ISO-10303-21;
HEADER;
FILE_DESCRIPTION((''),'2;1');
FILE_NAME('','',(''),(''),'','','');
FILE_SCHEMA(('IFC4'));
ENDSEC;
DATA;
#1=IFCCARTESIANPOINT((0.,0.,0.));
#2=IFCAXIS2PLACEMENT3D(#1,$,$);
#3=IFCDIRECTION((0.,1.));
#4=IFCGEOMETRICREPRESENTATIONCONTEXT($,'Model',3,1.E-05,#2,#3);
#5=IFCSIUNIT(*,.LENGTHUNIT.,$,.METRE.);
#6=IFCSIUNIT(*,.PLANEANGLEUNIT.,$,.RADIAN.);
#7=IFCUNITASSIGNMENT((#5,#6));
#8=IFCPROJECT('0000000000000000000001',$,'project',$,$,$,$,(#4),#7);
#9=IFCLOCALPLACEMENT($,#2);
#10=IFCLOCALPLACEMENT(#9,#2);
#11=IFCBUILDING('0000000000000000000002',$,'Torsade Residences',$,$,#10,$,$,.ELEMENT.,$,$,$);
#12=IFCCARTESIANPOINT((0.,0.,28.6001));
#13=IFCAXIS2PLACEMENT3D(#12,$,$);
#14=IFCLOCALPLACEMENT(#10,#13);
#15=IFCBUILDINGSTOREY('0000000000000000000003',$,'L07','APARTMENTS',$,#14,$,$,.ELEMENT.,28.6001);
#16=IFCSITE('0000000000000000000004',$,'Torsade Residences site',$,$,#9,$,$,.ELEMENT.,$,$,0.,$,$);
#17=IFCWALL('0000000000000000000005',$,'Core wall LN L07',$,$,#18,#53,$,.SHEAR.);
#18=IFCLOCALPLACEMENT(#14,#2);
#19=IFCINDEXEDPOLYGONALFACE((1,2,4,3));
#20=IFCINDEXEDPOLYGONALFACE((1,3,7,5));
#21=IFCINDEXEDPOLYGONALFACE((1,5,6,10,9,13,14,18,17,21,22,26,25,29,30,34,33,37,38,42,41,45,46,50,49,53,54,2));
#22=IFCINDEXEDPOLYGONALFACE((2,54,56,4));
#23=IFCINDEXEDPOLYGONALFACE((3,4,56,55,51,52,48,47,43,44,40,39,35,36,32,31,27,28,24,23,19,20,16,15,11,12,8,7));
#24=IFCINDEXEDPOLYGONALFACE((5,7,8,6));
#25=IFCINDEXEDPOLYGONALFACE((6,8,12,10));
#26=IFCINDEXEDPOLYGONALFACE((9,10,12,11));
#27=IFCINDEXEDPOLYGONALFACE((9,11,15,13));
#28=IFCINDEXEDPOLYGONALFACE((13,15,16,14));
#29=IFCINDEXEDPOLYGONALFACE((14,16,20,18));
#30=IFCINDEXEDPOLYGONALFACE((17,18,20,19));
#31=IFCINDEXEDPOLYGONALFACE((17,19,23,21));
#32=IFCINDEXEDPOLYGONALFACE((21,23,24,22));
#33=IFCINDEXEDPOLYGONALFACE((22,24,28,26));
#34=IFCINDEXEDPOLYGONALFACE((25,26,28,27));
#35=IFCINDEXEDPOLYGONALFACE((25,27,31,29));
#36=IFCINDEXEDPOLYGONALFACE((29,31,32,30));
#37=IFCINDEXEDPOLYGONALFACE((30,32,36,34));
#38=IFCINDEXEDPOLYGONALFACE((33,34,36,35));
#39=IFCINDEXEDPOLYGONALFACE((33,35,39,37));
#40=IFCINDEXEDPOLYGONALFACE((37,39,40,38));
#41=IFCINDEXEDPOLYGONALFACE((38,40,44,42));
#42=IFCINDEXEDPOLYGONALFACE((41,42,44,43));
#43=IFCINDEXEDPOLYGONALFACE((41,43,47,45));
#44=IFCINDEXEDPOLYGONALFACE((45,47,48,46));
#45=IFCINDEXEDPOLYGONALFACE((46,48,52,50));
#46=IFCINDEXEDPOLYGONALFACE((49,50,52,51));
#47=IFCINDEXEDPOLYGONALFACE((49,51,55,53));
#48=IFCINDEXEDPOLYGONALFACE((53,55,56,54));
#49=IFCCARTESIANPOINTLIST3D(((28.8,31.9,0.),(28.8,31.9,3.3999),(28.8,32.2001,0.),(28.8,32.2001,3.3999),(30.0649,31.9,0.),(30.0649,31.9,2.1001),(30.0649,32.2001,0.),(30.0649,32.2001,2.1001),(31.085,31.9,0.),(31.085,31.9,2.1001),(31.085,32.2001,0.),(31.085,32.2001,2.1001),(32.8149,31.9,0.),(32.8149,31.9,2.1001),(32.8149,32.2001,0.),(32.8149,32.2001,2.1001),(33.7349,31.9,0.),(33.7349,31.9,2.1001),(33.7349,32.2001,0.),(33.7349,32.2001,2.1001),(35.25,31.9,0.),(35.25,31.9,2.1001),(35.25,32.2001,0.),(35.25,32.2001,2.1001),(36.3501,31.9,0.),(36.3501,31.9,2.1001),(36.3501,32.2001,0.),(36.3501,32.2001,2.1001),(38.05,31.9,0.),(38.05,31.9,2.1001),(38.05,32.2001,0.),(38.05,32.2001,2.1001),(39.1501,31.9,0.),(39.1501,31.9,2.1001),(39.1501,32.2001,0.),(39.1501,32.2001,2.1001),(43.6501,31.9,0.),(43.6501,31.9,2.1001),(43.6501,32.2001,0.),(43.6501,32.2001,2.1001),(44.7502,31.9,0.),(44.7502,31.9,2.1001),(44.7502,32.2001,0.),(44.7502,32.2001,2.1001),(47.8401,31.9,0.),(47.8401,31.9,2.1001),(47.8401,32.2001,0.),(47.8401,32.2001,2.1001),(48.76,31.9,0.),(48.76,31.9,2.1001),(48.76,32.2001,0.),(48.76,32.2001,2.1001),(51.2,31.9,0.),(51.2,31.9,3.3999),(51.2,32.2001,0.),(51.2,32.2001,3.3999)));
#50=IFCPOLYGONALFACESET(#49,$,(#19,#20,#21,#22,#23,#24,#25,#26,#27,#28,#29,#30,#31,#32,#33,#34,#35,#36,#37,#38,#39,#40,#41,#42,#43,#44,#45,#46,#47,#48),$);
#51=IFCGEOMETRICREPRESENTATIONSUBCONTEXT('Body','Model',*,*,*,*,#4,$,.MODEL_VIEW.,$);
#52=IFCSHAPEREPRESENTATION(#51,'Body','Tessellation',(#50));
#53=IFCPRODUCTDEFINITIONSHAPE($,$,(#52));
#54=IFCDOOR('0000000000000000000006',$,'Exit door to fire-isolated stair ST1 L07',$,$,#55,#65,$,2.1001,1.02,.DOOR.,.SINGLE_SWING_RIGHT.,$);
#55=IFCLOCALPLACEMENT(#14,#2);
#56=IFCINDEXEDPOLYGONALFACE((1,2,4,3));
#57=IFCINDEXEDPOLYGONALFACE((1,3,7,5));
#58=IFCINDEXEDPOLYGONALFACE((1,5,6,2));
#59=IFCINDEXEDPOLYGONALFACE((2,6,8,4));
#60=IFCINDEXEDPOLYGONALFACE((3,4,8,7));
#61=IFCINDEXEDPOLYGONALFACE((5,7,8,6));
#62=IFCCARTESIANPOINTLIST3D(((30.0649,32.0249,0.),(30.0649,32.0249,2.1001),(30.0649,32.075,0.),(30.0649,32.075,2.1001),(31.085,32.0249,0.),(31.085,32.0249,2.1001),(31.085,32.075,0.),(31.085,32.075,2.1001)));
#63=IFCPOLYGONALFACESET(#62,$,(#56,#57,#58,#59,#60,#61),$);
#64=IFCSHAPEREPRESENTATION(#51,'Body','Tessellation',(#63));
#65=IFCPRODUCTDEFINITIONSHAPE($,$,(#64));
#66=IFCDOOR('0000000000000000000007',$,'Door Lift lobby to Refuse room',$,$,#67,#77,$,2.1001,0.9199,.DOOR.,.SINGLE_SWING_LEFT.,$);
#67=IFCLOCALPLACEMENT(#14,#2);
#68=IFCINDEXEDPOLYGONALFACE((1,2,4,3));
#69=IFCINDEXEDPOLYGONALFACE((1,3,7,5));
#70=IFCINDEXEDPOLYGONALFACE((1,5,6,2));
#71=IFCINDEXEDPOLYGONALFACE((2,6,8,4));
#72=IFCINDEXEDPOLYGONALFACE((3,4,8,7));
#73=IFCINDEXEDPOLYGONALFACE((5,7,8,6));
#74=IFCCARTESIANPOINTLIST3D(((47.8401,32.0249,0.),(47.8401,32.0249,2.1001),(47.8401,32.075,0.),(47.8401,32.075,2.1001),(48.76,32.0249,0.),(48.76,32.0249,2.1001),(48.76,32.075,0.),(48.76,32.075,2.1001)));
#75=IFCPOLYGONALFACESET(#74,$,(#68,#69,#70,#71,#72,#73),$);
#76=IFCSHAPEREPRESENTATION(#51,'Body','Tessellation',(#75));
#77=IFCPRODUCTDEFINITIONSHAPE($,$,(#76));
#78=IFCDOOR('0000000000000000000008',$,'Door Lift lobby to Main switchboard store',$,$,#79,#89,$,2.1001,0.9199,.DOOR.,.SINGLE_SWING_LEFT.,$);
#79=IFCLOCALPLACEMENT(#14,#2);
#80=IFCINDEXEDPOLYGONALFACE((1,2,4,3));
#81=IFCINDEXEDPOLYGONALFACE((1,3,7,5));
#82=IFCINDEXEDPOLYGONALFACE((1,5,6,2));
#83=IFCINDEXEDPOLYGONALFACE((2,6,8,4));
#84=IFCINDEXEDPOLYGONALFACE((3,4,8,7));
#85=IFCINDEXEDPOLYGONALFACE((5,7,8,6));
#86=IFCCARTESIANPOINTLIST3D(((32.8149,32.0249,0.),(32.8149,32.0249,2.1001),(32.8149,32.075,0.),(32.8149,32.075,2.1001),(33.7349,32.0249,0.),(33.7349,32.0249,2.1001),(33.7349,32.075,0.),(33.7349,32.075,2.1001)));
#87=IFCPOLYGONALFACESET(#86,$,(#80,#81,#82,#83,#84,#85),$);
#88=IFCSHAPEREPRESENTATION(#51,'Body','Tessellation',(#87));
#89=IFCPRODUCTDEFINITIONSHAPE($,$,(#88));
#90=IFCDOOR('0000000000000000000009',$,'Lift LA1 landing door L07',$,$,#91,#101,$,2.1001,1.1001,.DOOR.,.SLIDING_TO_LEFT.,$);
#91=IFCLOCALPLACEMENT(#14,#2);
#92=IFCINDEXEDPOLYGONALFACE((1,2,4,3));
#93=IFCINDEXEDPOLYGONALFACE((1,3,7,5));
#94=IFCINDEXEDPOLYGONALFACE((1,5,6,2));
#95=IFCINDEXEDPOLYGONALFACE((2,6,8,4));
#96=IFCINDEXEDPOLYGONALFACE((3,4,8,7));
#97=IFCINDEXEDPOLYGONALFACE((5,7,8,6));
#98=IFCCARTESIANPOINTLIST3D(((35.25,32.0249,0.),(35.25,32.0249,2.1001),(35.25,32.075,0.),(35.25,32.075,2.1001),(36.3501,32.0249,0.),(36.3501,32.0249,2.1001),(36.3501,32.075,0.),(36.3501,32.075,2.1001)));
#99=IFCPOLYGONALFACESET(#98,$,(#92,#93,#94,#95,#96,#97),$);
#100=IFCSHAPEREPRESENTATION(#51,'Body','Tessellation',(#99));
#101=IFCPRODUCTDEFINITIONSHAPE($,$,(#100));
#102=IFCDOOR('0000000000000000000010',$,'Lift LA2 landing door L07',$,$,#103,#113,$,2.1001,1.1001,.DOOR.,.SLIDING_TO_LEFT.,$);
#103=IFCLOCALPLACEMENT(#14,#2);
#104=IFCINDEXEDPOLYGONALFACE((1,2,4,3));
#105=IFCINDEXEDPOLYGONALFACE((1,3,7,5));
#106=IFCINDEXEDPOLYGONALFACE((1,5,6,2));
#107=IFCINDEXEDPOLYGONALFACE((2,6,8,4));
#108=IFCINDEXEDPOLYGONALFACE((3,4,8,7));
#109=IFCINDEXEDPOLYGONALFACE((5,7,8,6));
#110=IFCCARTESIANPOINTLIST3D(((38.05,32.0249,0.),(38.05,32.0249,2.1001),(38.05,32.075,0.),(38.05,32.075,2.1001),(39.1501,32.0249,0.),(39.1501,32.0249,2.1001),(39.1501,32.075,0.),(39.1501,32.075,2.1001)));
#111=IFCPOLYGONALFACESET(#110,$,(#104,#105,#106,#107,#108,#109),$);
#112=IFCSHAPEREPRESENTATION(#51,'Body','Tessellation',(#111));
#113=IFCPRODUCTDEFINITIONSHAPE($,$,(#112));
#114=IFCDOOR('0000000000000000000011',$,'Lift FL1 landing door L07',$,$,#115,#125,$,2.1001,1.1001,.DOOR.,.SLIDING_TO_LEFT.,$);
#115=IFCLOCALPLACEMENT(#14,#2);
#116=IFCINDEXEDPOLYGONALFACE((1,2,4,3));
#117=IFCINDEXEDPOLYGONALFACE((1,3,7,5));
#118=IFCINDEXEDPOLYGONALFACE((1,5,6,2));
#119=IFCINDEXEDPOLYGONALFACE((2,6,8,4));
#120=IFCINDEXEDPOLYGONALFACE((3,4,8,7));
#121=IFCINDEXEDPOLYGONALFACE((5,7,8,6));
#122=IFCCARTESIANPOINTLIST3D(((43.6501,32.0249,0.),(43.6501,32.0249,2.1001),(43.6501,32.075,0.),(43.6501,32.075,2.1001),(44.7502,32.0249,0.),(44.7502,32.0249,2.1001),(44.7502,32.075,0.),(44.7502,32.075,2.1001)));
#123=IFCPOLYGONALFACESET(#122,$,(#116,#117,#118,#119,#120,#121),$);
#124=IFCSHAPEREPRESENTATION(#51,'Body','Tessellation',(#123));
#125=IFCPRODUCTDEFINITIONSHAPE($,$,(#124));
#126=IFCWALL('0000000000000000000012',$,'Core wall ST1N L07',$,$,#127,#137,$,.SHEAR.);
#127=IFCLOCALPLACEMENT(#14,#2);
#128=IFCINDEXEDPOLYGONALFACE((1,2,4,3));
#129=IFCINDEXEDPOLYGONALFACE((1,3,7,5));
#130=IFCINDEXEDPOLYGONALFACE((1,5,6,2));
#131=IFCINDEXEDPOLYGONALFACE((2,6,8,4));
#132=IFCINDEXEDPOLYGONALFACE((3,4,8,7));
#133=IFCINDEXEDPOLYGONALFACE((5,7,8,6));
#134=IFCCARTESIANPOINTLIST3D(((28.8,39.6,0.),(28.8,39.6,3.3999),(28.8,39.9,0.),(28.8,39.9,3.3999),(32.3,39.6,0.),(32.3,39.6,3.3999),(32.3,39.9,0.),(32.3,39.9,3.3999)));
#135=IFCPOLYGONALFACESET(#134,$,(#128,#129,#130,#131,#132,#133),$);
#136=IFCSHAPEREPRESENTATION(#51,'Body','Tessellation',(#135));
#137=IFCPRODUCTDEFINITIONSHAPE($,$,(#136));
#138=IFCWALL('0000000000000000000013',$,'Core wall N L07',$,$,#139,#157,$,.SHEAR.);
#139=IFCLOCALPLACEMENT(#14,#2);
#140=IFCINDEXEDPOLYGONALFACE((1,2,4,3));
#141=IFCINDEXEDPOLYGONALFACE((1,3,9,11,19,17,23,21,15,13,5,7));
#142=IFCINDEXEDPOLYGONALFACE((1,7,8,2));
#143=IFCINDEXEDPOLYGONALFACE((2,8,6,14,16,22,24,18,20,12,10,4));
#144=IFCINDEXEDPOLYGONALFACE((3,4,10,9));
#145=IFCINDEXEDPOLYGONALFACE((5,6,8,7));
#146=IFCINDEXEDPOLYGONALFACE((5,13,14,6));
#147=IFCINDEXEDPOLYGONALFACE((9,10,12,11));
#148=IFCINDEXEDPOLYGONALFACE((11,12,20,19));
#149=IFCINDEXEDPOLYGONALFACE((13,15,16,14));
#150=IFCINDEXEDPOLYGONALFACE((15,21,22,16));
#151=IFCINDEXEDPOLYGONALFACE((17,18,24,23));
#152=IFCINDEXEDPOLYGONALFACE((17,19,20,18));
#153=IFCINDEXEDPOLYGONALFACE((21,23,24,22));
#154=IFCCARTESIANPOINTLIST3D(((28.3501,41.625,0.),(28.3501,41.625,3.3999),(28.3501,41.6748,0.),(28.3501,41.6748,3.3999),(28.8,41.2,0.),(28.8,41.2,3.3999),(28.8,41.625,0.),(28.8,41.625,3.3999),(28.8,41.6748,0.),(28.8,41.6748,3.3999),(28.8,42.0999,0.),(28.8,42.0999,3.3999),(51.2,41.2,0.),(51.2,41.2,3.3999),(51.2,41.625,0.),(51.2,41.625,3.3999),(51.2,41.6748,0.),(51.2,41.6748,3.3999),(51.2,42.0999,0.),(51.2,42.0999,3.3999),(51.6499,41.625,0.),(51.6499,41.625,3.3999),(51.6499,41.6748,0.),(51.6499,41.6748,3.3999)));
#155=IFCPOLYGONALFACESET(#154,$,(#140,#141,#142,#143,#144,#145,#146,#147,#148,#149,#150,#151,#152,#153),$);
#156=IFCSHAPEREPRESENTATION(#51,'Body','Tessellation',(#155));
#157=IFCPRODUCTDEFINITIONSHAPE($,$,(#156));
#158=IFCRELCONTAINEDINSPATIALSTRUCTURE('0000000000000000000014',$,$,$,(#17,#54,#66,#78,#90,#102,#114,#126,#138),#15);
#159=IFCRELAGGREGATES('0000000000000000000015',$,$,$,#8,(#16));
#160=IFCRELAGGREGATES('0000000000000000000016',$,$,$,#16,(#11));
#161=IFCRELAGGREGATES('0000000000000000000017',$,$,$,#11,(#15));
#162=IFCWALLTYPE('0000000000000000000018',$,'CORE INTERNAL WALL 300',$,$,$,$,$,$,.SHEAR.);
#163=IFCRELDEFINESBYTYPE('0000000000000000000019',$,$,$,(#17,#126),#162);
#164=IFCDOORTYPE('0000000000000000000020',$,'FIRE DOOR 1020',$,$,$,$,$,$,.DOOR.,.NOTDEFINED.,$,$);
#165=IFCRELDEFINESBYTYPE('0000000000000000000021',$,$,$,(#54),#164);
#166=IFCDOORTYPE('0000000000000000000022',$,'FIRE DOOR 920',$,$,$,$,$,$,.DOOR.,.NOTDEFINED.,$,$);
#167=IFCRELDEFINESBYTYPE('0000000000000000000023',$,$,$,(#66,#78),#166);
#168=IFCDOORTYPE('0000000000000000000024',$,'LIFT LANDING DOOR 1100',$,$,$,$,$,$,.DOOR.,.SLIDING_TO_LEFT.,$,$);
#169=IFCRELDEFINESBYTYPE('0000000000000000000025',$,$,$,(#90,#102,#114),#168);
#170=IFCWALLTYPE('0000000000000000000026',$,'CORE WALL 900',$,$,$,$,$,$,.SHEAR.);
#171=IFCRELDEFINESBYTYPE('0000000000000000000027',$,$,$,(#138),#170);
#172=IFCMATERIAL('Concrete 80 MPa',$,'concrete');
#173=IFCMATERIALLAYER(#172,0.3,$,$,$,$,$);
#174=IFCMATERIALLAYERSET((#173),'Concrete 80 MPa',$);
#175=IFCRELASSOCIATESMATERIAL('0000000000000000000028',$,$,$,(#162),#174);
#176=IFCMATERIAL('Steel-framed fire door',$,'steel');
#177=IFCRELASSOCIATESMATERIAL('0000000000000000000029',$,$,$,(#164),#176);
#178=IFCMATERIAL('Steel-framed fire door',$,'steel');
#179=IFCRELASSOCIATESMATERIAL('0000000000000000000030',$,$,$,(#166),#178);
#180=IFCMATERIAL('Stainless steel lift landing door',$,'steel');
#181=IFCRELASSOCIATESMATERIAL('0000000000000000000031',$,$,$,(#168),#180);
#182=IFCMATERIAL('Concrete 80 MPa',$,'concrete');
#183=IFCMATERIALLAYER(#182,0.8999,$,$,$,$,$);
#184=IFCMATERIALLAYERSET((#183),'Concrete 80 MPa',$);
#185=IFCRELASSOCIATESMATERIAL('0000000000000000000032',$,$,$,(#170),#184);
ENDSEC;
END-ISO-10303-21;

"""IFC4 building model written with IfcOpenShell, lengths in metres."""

from ifc_helpers import new_model, si_unit, direction, frame, frame_2d, origin, place, context, subcontext, project, spatial, polyline, rectangle, outline, extrude, material, layer, layer_set, type_object, element, fill, save


model = new_model("IFC4")

# Units and contexts
model_context = context("Model", 3, precision=1e-05, world=origin(), true_north=direction((0.0, 1.0)))
body_context = subcontext(model_context, "Body", "Model", "MODEL_VIEW")
ifc_project = project(units=[si_unit("LENGTHUNIT", "METRE"), si_unit("PLANEANGLEUNIT", "RADIAN")], contexts=[model_context])

# Site, building, storey
site_placement = place(None, origin())
site = spatial("IfcSite", under=ifc_project, at=site_placement, Name="Torsade Residences site", CompositionType="ELEMENT", RefElevation=0.0)
building_placement = place(site_placement, origin())
building = spatial("IfcBuilding", under=site, at=building_placement, Name="Torsade Residences", CompositionType="ELEMENT")
storey_placement = place(building_placement, frame((0.0, 0.0, 28.6001)))
storey = spatial("IfcBuildingStorey", under=building, at=storey_placement, Name="L07", Description="APARTMENTS", CompositionType="ELEMENT", Elevation=28.6001)

# Wall, openings, doors
ifc_material_1 = material(Name="Concrete 80 MPa", Category="concrete")
ifc_layer_1 = layer(ifc_material_1, 0.3)
ifc_layer_set_1 = layer_set([ifc_layer_1], Name="Concrete 80 MPa")
wall_type_1 = type_object("IfcWallType", Name="CORE INTERNAL WALL 300", PredefinedType="SHEAR", material=ifc_layer_set_1)
wall_1_placement = place(storey_placement, frame((28.8, 32.05, 0.0), z_axis=(0.0, 0.0, 1.0), x_axis=(1.0, 0.0, 0.0)))
wall_1 = element("IfcWall", 1, at=wall_1_placement, inside=storey, type_object=wall_type_1, Name="Core wall LN L07", PredefinedType="SHEAR", context=body_context, shape_type="SweptSolid", body=[
    extrude(rectangle(XDim=22.3999, YDim=0.3, at=frame_2d((11.2, 0.0))), origin(), (0.0, 0.0, 1.0), 3.3999),
])
opening_1_placement = place(wall_1_placement, frame((19.04, 0.0, 0.0)))
opening_1 = element("IfcOpeningElement", 2, at=opening_1_placement, cuts=wall_1, PredefinedType="OPENING", context=body_context, shape_type="SweptSolid", body=[
    extrude(rectangle(XDim=0.9199, YDim=2.1001, at=frame_2d((0.46, 1.05))), frame((0.0, 0.1599, 0.0), z_axis=(0.0, -1.0, 0.0), x_axis=(1.0, 0.0, 0.0)), (0.0, 0.0, 1.0), 0.3201),
])
opening_2_placement = place(wall_1_placement, frame((1.2649, 0.0, 0.0)))
opening_2 = element("IfcOpeningElement", 3, at=opening_2_placement, cuts=wall_1, PredefinedType="OPENING", context=body_context, shape_type="SweptSolid", body=[
    extrude(rectangle(XDim=1.02, YDim=2.1001, at=frame_2d((0.51, 1.05))), frame((0.0, 0.1599, 0.0), z_axis=(0.0, -1.0, 0.0), x_axis=(1.0, 0.0, 0.0)), (0.0, 0.0, 1.0), 0.3201),
])
opening_3_placement = place(wall_1_placement, frame((4.0149, 0.0, 0.0)))
opening_3 = element("IfcOpeningElement", 4, at=opening_3_placement, cuts=wall_1, PredefinedType="OPENING", context=body_context, shape_type="SweptSolid", body=[
    extrude(rectangle(XDim=0.9199, YDim=2.1001, at=frame_2d((0.46, 1.05))), frame((0.0, 0.1599, 0.0), z_axis=(0.0, -1.0, 0.0), x_axis=(1.0, 0.0, 0.0)), (0.0, 0.0, 1.0), 0.3201),
])
opening_4_placement = place(wall_1_placement, frame((6.45, 0.0, 0.0)))
opening_4 = element("IfcOpeningElement", 5, at=opening_4_placement, cuts=wall_1, PredefinedType="OPENING", context=body_context, shape_type="SweptSolid", body=[
    extrude(rectangle(XDim=1.1001, YDim=2.1001, at=frame_2d((0.55, 1.05))), frame((0.0, 0.1599, 0.0), z_axis=(0.0, -1.0, 0.0), x_axis=(1.0, 0.0, 0.0)), (0.0, 0.0, 1.0), 0.3201),
])
opening_5_placement = place(wall_1_placement, frame((9.25, 0.0, 0.0)))
opening_5 = element("IfcOpeningElement", 6, at=opening_5_placement, cuts=wall_1, PredefinedType="OPENING", context=body_context, shape_type="SweptSolid", body=[
    extrude(rectangle(XDim=1.1001, YDim=2.1001, at=frame_2d((0.55, 1.05))), frame((0.0, 0.1599, 0.0), z_axis=(0.0, -1.0, 0.0), x_axis=(1.0, 0.0, 0.0)), (0.0, 0.0, 1.0), 0.3201),
])
opening_6_placement = place(wall_1_placement, frame((14.8501, 0.0, 0.0)))
opening_6 = element("IfcOpeningElement", 7, at=opening_6_placement, cuts=wall_1, PredefinedType="OPENING", context=body_context, shape_type="SweptSolid", body=[
    extrude(rectangle(XDim=1.1001, YDim=2.1001, at=frame_2d((0.55, 1.05))), frame((0.0, 0.1599, 0.0), z_axis=(0.0, -1.0, 0.0), x_axis=(1.0, 0.0, 0.0)), (0.0, 0.0, 1.0), 0.3201),
])
ifc_material_2 = material(Name="Steel-framed fire door", Category="steel")
door_type_1 = type_object("IfcDoorType", Name="FIRE DOOR 1020", OperationType="NOTDEFINED", PredefinedType="DOOR", material=ifc_material_2)
door_1_placement = place(opening_2_placement, origin())
door_1 = element("IfcDoor", 8, at=door_1_placement, inside=storey, type_object=door_type_1, Name="Exit door to fire-isolated stair ST1 L07", OperationType="SINGLE_SWING_RIGHT", OverallHeight=2.1001, OverallWidth=1.02, PredefinedType="DOOR", context=body_context, shape_type="SweptSolid", body=[
    extrude(rectangle(XDim=1.02, YDim=2.1001, at=frame_2d((0.51, 1.05))), frame((0.0, 0.0249, 0.0), z_axis=(0.0, -1.0, 0.0), x_axis=(1.0, 0.0, 0.0)), (0.0, 0.0, 1.0), 0.05),
])
fill(opening_2, door_1)
ifc_material_3 = material(Name="Steel-framed fire door", Category="steel")
door_type_2 = type_object("IfcDoorType", Name="FIRE DOOR 920", OperationType="NOTDEFINED", PredefinedType="DOOR", material=ifc_material_3)
door_2_placement = place(opening_1_placement, origin())
door_2 = element("IfcDoor", 9, at=door_2_placement, inside=storey, type_object=door_type_2, Name="Door Lift lobby to Refuse room", OperationType="SINGLE_SWING_LEFT", OverallHeight=2.1001, OverallWidth=0.9199, PredefinedType="DOOR", context=body_context, shape_type="SweptSolid", body=[
    extrude(rectangle(XDim=0.9199, YDim=2.1001, at=frame_2d((0.46, 1.05))), frame((0.0, 0.0249, 0.0), z_axis=(0.0, -1.0, 0.0), x_axis=(1.0, 0.0, 0.0)), (0.0, 0.0, 1.0), 0.05),
])
fill(opening_1, door_2)
door_3_placement = place(opening_3_placement, origin())
door_3 = element("IfcDoor", 10, at=door_3_placement, inside=storey, type_object=door_type_2, Name="Door Lift lobby to Main switchboard store", OperationType="SINGLE_SWING_LEFT", OverallHeight=2.1001, OverallWidth=0.9199, PredefinedType="DOOR", context=body_context, shape_type="SweptSolid", body=[
    extrude(rectangle(XDim=0.9199, YDim=2.1001, at=frame_2d((0.46, 1.05))), frame((0.0, 0.0249, 0.0), z_axis=(0.0, -1.0, 0.0), x_axis=(1.0, 0.0, 0.0)), (0.0, 0.0, 1.0), 0.05),
])
fill(opening_3, door_3)
ifc_material_4 = material(Name="Stainless steel lift landing door", Category="steel")
door_type_3 = type_object("IfcDoorType", Name="LIFT LANDING DOOR 1100", OperationType="SLIDING_TO_LEFT", PredefinedType="DOOR", material=ifc_material_4)
door_4_placement = place(opening_4_placement, origin())
door_4 = element("IfcDoor", 11, at=door_4_placement, inside=storey, type_object=door_type_3, Name="Lift LA1 landing door L07", OperationType="SLIDING_TO_LEFT", OverallHeight=2.1001, OverallWidth=1.1001, PredefinedType="DOOR", context=body_context, shape_type="SweptSolid", body=[
    extrude(rectangle(XDim=1.1001, YDim=2.1001, at=frame_2d((0.55, 1.05))), frame((0.0, 0.0249, 0.0), z_axis=(0.0, -1.0, 0.0), x_axis=(1.0, 0.0, 0.0)), (0.0, 0.0, 1.0), 0.05),
])
fill(opening_4, door_4)
door_5_placement = place(opening_5_placement, origin())
door_5 = element("IfcDoor", 12, at=door_5_placement, inside=storey, type_object=door_type_3, Name="Lift LA2 landing door L07", OperationType="SLIDING_TO_LEFT", OverallHeight=2.1001, OverallWidth=1.1001, PredefinedType="DOOR", context=body_context, shape_type="SweptSolid", body=[
    extrude(rectangle(XDim=1.1001, YDim=2.1001, at=frame_2d((0.55, 1.05))), frame((0.0, 0.0249, 0.0), z_axis=(0.0, -1.0, 0.0), x_axis=(1.0, 0.0, 0.0)), (0.0, 0.0, 1.0), 0.05),
])
fill(opening_5, door_5)
door_6_placement = place(opening_6_placement, origin())
door_6 = element("IfcDoor", 13, at=door_6_placement, inside=storey, type_object=door_type_3, Name="Lift FL1 landing door L07", OperationType="SLIDING_TO_LEFT", OverallHeight=2.1001, OverallWidth=1.1001, PredefinedType="DOOR", context=body_context, shape_type="SweptSolid", body=[
    extrude(rectangle(XDim=1.1001, YDim=2.1001, at=frame_2d((0.55, 1.05))), frame((0.0, 0.0249, 0.0), z_axis=(0.0, -1.0, 0.0), x_axis=(1.0, 0.0, 0.0)), (0.0, 0.0, 1.0), 0.05),
])
fill(opening_6, door_6)

# Walls
wall_2_placement = place(storey_placement, frame((28.8, 39.75, 0.0), z_axis=(0.0, 0.0, 1.0), x_axis=(1.0, 0.0, 0.0)))
element("IfcWall", 14, at=wall_2_placement, inside=storey, type_object=wall_type_1, Name="Core wall ST1N L07", PredefinedType="SHEAR", context=body_context, shape_type="SweptSolid", body=[
    extrude(rectangle(XDim=3.5, YDim=0.3, at=frame_2d((1.75, 0.0))), origin(), (0.0, 0.0, 1.0), 3.3999),
])
ifc_material_5 = material(Name="Concrete 80 MPa", Category="concrete")
ifc_layer_2 = layer(ifc_material_5, 0.8999)
ifc_layer_set_2 = layer_set([ifc_layer_2], Name="Concrete 80 MPa")
wall_type_2 = type_object("IfcWallType", Name="CORE WALL 900", PredefinedType="SHEAR", material=ifc_layer_set_2)
wall_3_placement = place(storey_placement, frame((28.8, 41.6499, 0.0), z_axis=(0.0, 0.0, 1.0), x_axis=(1.0, 0.0, 0.0)))
element("IfcWall", 15, at=wall_3_placement, inside=storey, type_object=wall_type_2, Name="Core wall N L07", PredefinedType="SHEAR", context=body_context, shape_type="SweptSolid", body=[
    extrude(outline(polyline([(0.0, -0.45), (22.3999, -0.45), (22.3999, -0.0249), (22.8499, -0.0249), (22.8499, 0.0249), (22.3999, 0.0249), (22.3999, 0.45), (0.0, 0.45), (0.0, 0.0249), (-0.45, 0.0249), (-0.45, -0.0249), (0.0, -0.0249), (0.0, -0.45)])), origin(), (0.0, 0.0, 1.0), 3.3999),
])

save(model, "model.ifc")
